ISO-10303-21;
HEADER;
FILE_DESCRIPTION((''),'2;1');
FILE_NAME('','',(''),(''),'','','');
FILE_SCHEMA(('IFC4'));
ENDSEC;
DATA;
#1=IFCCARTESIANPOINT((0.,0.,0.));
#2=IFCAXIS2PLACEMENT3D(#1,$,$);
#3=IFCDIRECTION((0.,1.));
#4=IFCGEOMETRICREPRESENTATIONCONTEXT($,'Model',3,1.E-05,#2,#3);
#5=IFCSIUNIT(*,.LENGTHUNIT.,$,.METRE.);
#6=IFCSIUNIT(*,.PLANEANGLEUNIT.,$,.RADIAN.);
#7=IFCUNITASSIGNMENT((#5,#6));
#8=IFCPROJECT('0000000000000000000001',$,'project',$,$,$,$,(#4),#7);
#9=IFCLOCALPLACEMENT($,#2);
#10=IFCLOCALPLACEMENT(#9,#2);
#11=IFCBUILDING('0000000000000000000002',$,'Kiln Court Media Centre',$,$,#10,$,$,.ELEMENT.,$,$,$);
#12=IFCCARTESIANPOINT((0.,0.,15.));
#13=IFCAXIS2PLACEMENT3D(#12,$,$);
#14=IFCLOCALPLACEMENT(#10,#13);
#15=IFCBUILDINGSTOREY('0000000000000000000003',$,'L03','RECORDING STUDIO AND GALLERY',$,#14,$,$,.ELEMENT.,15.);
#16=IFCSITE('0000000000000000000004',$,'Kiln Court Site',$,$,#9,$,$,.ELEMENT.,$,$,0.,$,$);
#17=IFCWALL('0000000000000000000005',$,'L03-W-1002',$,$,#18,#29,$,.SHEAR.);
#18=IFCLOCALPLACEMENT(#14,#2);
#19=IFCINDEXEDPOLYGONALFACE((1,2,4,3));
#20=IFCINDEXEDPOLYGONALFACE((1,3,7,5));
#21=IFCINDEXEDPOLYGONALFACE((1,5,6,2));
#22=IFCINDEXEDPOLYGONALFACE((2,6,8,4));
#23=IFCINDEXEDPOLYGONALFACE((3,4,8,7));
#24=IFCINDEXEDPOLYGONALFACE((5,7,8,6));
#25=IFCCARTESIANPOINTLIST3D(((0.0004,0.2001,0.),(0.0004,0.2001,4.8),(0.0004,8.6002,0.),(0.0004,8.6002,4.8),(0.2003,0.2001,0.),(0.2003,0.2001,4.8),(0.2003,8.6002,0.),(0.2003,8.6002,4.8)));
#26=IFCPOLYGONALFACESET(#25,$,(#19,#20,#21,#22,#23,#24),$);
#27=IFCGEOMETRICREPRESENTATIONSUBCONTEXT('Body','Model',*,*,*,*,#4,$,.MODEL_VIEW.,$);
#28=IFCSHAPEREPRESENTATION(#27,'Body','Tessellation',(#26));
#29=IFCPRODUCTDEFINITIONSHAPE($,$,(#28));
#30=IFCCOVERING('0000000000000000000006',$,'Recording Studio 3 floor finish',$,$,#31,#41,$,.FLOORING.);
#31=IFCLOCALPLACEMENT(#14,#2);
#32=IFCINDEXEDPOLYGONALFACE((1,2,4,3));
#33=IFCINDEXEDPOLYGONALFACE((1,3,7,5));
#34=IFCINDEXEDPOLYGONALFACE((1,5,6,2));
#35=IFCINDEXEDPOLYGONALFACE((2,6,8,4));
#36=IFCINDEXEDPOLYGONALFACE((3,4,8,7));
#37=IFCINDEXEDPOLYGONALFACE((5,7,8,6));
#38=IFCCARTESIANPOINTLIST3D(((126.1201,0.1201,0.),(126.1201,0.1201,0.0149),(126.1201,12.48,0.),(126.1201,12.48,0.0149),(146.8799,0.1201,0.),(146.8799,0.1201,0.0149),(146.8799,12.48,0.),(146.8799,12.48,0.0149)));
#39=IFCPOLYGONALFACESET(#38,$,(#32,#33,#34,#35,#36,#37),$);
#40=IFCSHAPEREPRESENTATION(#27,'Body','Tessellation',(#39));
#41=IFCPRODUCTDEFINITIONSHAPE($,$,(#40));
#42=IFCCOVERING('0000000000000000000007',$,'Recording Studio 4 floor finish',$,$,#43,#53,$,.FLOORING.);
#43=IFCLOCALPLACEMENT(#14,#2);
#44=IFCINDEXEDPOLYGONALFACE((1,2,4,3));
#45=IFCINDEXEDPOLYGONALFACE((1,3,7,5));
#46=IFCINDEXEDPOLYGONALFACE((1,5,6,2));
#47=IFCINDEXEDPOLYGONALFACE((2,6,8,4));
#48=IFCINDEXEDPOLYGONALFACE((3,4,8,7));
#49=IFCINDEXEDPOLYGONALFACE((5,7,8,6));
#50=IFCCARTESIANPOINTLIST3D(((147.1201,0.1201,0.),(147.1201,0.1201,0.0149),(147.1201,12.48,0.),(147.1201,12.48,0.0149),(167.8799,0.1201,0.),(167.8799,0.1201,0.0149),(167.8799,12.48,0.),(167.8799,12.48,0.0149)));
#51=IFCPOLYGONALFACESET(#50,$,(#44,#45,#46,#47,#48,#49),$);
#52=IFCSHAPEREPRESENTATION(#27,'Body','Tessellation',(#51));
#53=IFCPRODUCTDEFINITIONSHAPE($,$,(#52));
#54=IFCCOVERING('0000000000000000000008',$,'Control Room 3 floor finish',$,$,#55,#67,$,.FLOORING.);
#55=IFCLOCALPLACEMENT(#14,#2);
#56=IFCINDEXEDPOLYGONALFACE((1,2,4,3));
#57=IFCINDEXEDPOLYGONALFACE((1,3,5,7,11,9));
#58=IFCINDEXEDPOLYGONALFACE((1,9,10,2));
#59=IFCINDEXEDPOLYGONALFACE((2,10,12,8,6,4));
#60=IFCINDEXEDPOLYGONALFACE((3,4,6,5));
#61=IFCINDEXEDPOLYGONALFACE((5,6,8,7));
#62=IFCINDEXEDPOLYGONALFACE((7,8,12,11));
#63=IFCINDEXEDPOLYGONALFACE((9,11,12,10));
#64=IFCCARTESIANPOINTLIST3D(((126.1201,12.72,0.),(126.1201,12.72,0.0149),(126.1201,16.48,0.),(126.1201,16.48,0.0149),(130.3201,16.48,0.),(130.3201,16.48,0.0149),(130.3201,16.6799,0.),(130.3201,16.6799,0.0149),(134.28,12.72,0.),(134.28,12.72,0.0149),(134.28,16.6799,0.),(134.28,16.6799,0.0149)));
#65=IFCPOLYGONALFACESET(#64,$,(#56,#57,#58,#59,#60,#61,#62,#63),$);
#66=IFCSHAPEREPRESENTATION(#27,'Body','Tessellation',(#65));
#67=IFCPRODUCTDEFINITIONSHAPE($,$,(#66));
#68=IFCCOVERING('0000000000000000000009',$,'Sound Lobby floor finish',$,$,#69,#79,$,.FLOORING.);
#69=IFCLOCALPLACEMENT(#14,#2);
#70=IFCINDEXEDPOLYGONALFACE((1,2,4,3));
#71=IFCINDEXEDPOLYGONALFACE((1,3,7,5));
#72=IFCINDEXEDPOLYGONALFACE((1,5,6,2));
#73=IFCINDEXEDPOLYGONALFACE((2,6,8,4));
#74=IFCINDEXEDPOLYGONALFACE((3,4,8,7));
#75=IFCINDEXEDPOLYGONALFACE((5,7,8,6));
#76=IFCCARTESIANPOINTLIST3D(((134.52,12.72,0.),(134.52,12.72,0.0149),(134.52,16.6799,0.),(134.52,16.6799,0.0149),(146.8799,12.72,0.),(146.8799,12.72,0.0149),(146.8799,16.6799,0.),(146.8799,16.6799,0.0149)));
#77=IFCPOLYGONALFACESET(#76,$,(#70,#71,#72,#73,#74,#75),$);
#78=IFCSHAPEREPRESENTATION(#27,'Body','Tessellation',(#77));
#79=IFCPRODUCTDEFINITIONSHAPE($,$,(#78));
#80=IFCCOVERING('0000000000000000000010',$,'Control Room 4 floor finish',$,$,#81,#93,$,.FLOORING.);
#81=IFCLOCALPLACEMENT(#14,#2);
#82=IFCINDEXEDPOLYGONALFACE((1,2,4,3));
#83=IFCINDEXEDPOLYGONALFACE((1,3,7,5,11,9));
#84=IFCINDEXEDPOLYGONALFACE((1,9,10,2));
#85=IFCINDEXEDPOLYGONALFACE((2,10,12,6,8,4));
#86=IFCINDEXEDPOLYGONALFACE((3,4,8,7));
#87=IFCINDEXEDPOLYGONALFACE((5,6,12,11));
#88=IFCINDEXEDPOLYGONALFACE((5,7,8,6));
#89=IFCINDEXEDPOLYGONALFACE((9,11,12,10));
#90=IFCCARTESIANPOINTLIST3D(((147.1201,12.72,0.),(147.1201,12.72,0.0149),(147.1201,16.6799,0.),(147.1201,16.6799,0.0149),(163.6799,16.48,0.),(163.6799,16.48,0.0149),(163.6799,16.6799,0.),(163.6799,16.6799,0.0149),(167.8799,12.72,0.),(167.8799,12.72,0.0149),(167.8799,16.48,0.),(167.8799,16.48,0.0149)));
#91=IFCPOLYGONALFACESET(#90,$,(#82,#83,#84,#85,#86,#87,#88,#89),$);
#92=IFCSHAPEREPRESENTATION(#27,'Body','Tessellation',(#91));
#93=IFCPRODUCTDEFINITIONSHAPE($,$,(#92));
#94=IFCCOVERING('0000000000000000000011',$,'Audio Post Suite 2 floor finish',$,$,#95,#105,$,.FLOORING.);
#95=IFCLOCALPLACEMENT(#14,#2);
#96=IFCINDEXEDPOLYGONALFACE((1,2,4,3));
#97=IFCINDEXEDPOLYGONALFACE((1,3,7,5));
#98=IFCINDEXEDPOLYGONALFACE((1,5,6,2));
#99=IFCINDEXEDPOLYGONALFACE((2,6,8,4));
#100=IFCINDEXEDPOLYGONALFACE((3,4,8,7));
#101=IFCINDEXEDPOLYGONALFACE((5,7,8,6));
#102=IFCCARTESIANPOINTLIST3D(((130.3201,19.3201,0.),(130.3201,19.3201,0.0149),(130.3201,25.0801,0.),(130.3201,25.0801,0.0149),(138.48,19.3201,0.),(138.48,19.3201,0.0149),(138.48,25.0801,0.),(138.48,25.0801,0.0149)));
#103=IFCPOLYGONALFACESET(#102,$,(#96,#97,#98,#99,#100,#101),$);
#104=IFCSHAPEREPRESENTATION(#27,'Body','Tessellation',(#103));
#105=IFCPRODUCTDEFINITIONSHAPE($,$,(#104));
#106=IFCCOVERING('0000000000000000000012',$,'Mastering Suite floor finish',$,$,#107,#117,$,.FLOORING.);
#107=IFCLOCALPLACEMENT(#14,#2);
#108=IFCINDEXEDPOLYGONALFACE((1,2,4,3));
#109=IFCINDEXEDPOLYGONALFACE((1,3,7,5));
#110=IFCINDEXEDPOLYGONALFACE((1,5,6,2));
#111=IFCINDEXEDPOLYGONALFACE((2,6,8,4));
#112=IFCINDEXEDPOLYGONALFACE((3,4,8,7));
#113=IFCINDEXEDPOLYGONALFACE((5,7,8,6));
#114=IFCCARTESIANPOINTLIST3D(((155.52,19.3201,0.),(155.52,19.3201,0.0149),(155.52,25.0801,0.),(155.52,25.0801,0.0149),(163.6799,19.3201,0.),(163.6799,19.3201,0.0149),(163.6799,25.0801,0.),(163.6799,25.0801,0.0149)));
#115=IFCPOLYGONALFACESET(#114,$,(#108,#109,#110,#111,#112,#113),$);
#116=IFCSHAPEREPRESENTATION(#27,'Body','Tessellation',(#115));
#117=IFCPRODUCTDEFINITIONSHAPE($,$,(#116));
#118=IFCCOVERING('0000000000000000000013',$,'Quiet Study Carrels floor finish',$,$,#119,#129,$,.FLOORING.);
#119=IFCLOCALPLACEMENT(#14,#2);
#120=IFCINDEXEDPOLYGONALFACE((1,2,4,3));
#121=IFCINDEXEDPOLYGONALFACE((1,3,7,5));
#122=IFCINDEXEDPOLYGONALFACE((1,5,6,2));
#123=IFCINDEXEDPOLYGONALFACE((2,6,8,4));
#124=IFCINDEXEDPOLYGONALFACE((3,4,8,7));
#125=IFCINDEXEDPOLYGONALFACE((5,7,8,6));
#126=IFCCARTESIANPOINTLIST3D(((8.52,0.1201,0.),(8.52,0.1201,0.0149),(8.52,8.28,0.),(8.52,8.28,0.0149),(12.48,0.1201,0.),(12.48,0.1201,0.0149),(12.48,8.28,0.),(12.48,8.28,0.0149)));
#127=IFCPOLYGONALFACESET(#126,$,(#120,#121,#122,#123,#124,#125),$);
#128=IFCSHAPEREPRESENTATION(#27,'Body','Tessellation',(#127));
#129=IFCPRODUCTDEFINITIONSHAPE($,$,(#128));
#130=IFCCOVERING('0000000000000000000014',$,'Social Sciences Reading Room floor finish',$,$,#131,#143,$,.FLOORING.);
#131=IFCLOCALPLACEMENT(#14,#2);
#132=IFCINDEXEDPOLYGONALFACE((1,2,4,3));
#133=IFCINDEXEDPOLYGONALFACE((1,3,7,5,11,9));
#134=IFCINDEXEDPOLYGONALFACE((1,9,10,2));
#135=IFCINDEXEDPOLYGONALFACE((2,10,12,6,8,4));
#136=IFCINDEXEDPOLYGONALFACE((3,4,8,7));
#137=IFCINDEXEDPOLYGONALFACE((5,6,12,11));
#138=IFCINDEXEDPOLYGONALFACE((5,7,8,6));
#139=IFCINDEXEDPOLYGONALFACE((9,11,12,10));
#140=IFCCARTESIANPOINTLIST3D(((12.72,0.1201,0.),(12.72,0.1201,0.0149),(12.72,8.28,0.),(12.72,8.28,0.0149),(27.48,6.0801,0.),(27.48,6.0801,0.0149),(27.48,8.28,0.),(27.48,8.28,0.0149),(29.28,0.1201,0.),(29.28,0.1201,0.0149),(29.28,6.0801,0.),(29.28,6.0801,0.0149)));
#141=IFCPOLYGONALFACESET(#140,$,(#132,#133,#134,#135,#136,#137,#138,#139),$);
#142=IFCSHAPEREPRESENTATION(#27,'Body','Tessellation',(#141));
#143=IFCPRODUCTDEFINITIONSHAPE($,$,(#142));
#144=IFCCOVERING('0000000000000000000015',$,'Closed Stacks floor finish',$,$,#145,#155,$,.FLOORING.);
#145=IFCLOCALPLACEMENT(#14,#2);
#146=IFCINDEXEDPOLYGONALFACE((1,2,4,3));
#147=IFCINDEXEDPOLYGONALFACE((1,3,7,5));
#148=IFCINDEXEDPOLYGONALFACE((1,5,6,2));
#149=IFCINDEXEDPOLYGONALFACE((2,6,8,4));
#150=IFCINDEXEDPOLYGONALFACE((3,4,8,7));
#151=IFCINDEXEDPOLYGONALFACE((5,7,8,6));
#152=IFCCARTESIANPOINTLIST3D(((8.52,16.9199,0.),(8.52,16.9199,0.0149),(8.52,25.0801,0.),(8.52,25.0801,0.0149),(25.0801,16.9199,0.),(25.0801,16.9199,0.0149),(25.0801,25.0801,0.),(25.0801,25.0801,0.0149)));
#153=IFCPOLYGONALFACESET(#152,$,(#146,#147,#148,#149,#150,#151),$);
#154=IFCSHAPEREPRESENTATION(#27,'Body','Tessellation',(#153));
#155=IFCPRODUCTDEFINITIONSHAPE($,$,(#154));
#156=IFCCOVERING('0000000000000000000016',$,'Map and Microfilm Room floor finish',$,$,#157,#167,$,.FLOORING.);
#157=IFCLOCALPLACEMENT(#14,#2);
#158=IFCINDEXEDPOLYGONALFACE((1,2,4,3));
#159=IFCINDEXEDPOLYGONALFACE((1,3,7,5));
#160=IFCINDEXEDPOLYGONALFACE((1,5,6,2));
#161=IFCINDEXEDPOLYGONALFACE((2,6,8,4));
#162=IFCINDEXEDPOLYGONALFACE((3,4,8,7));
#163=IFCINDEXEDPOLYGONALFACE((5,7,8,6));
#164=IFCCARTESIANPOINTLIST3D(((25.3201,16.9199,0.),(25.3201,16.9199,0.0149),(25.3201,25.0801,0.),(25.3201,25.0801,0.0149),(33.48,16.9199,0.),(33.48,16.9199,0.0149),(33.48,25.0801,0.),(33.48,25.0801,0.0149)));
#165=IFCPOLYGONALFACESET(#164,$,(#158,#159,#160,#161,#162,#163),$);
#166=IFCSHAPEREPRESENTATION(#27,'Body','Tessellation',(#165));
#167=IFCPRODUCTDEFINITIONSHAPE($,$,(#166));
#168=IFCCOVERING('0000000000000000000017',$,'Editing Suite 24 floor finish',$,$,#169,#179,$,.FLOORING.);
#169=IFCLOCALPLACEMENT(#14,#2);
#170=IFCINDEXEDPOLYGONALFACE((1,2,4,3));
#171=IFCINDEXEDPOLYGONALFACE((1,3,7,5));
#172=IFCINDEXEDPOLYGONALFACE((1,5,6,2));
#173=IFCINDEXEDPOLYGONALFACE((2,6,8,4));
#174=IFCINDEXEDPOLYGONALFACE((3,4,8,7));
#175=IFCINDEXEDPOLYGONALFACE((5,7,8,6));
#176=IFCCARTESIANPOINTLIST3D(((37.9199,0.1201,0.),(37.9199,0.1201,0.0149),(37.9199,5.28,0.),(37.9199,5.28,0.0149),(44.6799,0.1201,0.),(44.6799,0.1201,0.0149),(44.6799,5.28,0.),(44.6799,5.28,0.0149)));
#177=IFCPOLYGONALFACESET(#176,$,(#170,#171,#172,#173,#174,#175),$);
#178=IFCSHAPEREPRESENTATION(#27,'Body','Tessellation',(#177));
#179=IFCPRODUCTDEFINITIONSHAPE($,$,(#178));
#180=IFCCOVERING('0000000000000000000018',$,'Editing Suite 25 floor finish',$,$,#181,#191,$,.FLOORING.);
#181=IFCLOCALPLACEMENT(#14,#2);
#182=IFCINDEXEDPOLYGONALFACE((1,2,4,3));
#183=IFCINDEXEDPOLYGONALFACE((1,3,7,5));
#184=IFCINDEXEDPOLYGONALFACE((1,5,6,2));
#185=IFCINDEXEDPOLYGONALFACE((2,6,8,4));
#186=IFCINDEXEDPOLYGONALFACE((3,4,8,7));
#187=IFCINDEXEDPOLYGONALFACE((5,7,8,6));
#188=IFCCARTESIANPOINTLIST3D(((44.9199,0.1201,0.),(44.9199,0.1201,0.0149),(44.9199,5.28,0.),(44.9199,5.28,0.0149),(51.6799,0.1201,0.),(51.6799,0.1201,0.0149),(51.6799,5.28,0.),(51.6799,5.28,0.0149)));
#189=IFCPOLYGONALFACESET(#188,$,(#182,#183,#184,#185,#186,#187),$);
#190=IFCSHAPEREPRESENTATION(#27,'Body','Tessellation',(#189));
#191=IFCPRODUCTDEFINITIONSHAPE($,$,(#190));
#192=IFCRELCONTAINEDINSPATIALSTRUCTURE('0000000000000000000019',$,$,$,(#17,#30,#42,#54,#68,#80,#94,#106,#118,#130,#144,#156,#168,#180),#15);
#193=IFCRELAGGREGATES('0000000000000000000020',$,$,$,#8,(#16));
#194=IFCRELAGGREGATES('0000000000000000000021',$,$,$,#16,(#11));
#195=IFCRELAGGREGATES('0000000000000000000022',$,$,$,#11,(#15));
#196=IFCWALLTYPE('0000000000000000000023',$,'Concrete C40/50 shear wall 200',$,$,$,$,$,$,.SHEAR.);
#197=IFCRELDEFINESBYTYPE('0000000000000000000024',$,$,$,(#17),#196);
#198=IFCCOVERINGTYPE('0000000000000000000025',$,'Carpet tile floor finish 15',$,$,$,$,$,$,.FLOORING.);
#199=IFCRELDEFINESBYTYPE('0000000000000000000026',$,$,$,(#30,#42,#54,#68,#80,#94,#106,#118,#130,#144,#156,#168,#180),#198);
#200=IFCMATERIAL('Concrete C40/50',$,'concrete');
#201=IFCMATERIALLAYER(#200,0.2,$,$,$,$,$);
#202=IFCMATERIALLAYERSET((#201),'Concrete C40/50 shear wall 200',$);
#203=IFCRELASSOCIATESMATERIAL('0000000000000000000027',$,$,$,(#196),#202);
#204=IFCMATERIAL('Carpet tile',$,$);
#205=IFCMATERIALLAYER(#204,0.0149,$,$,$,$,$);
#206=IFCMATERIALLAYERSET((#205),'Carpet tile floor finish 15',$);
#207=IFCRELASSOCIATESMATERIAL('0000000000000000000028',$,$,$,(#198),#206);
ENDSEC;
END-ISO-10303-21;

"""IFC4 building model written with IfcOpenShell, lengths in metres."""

from ifc_helpers import new_model, si_unit, direction, frame, frame_2d, origin, place, context, subcontext, project, spatial, polyline, rectangle, outline, extrude, material, layer, layer_set, type_object, element, save


model = new_model("IFC4")

# Units and contexts
model_context = context("Model", 3, precision=1e-05, world=origin(), true_north=direction((0.0, 1.0)))
body_context = subcontext(model_context, "Body", "Model", "MODEL_VIEW")
ifc_project = project(units=[si_unit("LENGTHUNIT", "METRE"), si_unit("PLANEANGLEUNIT", "RADIAN")], contexts=[model_context])

# Site, building, storey
site_placement = place(None, origin())
site = spatial("IfcSite", under=ifc_project, at=site_placement, Name="Kiln Court Site", CompositionType="ELEMENT", RefElevation=0.0)
building_placement = place(site_placement, origin())
building = spatial("IfcBuilding", under=site, at=building_placement, Name="Kiln Court Media Centre", CompositionType="ELEMENT")
storey_placement = place(building_placement, frame((0.0, 0.0, 15.0)))
storey = spatial("IfcBuildingStorey", under=building, at=storey_placement, Name="L03", Description="RECORDING STUDIO AND GALLERY", CompositionType="ELEMENT", Elevation=15.0)

# Wall
ifc_material_1 = material(Name="Concrete C40/50", Category="concrete")
ifc_layer_1 = layer(ifc_material_1, 0.2)
ifc_layer_set_1 = layer_set([ifc_layer_1], Name="Concrete C40/50 shear wall 200")
wall_type = type_object("IfcWallType", Name="Concrete C40/50 shear wall 200", PredefinedType="SHEAR", material=ifc_layer_set_1)
wall_placement = place(storey_placement, frame((0.1003, 0.2, 0.0), z_axis=(0.0, 0.0, 1.0), x_axis=(0.0, 1.0, 0.0)))
element("IfcWall", 1, at=wall_placement, inside=storey, type_object=wall_type, Name="L03-W-1002", PredefinedType="SHEAR", context=body_context, shape_type="SweptSolid", body=[
    extrude(rectangle(XDim=8.4001, YDim=0.2, at=frame_2d((4.2002, 0.0))), origin(), (0.0, 0.0, 1.0), 4.8),
])

# Coverings
ifc_material_2 = material(Name="Carpet tile")
ifc_layer_2 = layer(ifc_material_2, 0.0149)
ifc_layer_set_2 = layer_set([ifc_layer_2], Name="Carpet tile floor finish 15")
covering_type_1 = type_object("IfcCoveringType", Name="Carpet tile floor finish 15", PredefinedType="FLOORING", material=ifc_layer_set_2)
covering_1_placement = place(storey_placement, origin())
element("IfcCovering", 2, at=covering_1_placement, inside=storey, type_object=covering_type_1, Name="Recording Studio 3 floor finish", PredefinedType="FLOORING", context=body_context, shape_type="SweptSolid", body=[
    extrude(outline(polyline([(126.1201, 0.1201), (146.8799, 0.1201), (146.8799, 12.48), (126.1201, 12.48), (126.1201, 0.1201)])), origin(), (0.0, 0.0, 1.0), 0.0149),
])
covering_2_placement = place(storey_placement, origin())
element("IfcCovering", 3, at=covering_2_placement, inside=storey, type_object=covering_type_1, Name="Recording Studio 4 floor finish", PredefinedType="FLOORING", context=body_context, shape_type="SweptSolid", body=[
    extrude(outline(polyline([(147.1201, 0.1201), (167.8799, 0.1201), (167.8799, 12.48), (147.1201, 12.48), (147.1201, 0.1201)])), origin(), (0.0, 0.0, 1.0), 0.0149),
])
covering_3_placement = place(storey_placement, origin())
element("IfcCovering", 4, at=covering_3_placement, inside=storey, type_object=covering_type_1, Name="Control Room 3 floor finish", PredefinedType="FLOORING", context=body_context, shape_type="SweptSolid", body=[
    extrude(outline(polyline([(134.28, 16.6799), (130.3201, 16.6799), (130.3201, 16.48), (126.1201, 16.48), (126.1201, 12.72), (134.28, 12.72), (134.28, 16.6799)])), origin(), (0.0, 0.0, 1.0), 0.0149),
])
covering_4_placement = place(storey_placement, origin())
element("IfcCovering", 5, at=covering_4_placement, inside=storey, type_object=covering_type_1, Name="Sound Lobby floor finish", PredefinedType="FLOORING", context=body_context, shape_type="SweptSolid", body=[
    extrude(outline(polyline([(134.52, 12.72), (146.8799, 12.72), (146.8799, 16.6799), (134.52, 16.6799), (134.52, 12.72)])), origin(), (0.0, 0.0, 1.0), 0.0149),
])
covering_5_placement = place(storey_placement, origin())
element("IfcCovering", 6, at=covering_5_placement, inside=storey, type_object=covering_type_1, Name="Control Room 4 floor finish", PredefinedType="FLOORING", context=body_context, shape_type="SweptSolid", body=[
    extrude(outline(polyline([(167.8799, 12.72), (167.8799, 16.48), (163.6799, 16.48), (163.6799, 16.6799), (147.1201, 16.6799), (147.1201, 12.72), (167.8799, 12.72)])), origin(), (0.0, 0.0, 1.0), 0.0149),
])
covering_6_placement = place(storey_placement, origin())
element("IfcCovering", 7, at=covering_6_placement, inside=storey, type_object=covering_type_1, Name="Audio Post Suite 2 floor finish", PredefinedType="FLOORING", context=body_context, shape_type="SweptSolid", body=[
    extrude(outline(polyline([(130.3201, 19.3201), (138.48, 19.3201), (138.48, 25.0801), (130.3201, 25.0801), (130.3201, 19.3201)])), origin(), (0.0, 0.0, 1.0), 0.0149),
])
covering_7_placement = place(storey_placement, origin())
element("IfcCovering", 8, at=covering_7_placement, inside=storey, type_object=covering_type_1, Name="Mastering Suite floor finish", PredefinedType="FLOORING", context=body_context, shape_type="SweptSolid", body=[
    extrude(outline(polyline([(155.52, 19.3201), (163.6799, 19.3201), (163.6799, 25.0801), (155.52, 25.0801), (155.52, 19.3201)])), origin(), (0.0, 0.0, 1.0), 0.0149),
])
covering_8_placement = place(storey_placement, origin())
element("IfcCovering", 9, at=covering_8_placement, inside=storey, type_object=covering_type_1, Name="Quiet Study Carrels floor finish", PredefinedType="FLOORING", context=body_context, shape_type="SweptSolid", body=[
    extrude(outline(polyline([(8.52, 0.1201), (12.48, 0.1201), (12.48, 8.28), (8.52, 8.28), (8.52, 0.1201)])), origin(), (0.0, 0.0, 1.0), 0.0149),
])
covering_9_placement = place(storey_placement, origin())
element("IfcCovering", 10, at=covering_9_placement, inside=storey, type_object=covering_type_1, Name="Social Sciences Reading Room floor finish", PredefinedType="FLOORING", context=body_context, shape_type="SweptSolid", body=[
    extrude(outline(polyline([(29.28, 0.1201), (29.28, 6.0801), (27.48, 6.0801), (27.48, 8.28), (12.72, 8.28), (12.72, 0.1201), (29.28, 0.1201)])), origin(), (0.0, 0.0, 1.0), 0.0149),
])
covering_10_placement = place(storey_placement, origin())
element("IfcCovering", 11, at=covering_10_placement, inside=storey, type_object=covering_type_1, Name="Closed Stacks floor finish", PredefinedType="FLOORING", context=body_context, shape_type="SweptSolid", body=[
    extrude(outline(polyline([(8.52, 16.9199), (25.0801, 16.9199), (25.0801, 25.0801), (8.52, 25.0801), (8.52, 16.9199)])), origin(), (0.0, 0.0, 1.0), 0.0149),
])
covering_11_placement = place(storey_placement, origin())
element("IfcCovering", 12, at=covering_11_placement, inside=storey, type_object=covering_type_1, Name="Map and Microfilm Room floor finish", PredefinedType="FLOORING", context=body_context, shape_type="SweptSolid", body=[
    extrude(outline(polyline([(25.3201, 16.9199), (33.48, 16.9199), (33.48, 25.0801), (25.3201, 25.0801), (25.3201, 16.9199)])), origin(), (0.0, 0.0, 1.0), 0.0149),
])
covering_12_placement = place(storey_placement, origin())
element("IfcCovering", 13, at=covering_12_placement, inside=storey, type_object=covering_type_1, Name="Editing Suite 24 floor finish", PredefinedType="FLOORING", context=body_context, shape_type="SweptSolid", body=[
    extrude(outline(polyline([(37.9199, 0.1201), (44.6799, 0.1201), (44.6799, 5.28), (37.9199, 5.28), (37.9199, 0.1201)])), origin(), (0.0, 0.0, 1.0), 0.0149),
])
covering_13_placement = place(storey_placement, origin())
element("IfcCovering", 14, at=covering_13_placement, inside=storey, type_object=covering_type_1, Name="Editing Suite 25 floor finish", PredefinedType="FLOORING", context=body_context, shape_type="SweptSolid", body=[
    extrude(outline(polyline([(44.9199, 0.1201), (51.6799, 0.1201), (51.6799, 5.28), (44.9199, 5.28), (44.9199, 0.1201)])), origin(), (0.0, 0.0, 1.0), 0.0149),
])

save(model, "model.ifc")
